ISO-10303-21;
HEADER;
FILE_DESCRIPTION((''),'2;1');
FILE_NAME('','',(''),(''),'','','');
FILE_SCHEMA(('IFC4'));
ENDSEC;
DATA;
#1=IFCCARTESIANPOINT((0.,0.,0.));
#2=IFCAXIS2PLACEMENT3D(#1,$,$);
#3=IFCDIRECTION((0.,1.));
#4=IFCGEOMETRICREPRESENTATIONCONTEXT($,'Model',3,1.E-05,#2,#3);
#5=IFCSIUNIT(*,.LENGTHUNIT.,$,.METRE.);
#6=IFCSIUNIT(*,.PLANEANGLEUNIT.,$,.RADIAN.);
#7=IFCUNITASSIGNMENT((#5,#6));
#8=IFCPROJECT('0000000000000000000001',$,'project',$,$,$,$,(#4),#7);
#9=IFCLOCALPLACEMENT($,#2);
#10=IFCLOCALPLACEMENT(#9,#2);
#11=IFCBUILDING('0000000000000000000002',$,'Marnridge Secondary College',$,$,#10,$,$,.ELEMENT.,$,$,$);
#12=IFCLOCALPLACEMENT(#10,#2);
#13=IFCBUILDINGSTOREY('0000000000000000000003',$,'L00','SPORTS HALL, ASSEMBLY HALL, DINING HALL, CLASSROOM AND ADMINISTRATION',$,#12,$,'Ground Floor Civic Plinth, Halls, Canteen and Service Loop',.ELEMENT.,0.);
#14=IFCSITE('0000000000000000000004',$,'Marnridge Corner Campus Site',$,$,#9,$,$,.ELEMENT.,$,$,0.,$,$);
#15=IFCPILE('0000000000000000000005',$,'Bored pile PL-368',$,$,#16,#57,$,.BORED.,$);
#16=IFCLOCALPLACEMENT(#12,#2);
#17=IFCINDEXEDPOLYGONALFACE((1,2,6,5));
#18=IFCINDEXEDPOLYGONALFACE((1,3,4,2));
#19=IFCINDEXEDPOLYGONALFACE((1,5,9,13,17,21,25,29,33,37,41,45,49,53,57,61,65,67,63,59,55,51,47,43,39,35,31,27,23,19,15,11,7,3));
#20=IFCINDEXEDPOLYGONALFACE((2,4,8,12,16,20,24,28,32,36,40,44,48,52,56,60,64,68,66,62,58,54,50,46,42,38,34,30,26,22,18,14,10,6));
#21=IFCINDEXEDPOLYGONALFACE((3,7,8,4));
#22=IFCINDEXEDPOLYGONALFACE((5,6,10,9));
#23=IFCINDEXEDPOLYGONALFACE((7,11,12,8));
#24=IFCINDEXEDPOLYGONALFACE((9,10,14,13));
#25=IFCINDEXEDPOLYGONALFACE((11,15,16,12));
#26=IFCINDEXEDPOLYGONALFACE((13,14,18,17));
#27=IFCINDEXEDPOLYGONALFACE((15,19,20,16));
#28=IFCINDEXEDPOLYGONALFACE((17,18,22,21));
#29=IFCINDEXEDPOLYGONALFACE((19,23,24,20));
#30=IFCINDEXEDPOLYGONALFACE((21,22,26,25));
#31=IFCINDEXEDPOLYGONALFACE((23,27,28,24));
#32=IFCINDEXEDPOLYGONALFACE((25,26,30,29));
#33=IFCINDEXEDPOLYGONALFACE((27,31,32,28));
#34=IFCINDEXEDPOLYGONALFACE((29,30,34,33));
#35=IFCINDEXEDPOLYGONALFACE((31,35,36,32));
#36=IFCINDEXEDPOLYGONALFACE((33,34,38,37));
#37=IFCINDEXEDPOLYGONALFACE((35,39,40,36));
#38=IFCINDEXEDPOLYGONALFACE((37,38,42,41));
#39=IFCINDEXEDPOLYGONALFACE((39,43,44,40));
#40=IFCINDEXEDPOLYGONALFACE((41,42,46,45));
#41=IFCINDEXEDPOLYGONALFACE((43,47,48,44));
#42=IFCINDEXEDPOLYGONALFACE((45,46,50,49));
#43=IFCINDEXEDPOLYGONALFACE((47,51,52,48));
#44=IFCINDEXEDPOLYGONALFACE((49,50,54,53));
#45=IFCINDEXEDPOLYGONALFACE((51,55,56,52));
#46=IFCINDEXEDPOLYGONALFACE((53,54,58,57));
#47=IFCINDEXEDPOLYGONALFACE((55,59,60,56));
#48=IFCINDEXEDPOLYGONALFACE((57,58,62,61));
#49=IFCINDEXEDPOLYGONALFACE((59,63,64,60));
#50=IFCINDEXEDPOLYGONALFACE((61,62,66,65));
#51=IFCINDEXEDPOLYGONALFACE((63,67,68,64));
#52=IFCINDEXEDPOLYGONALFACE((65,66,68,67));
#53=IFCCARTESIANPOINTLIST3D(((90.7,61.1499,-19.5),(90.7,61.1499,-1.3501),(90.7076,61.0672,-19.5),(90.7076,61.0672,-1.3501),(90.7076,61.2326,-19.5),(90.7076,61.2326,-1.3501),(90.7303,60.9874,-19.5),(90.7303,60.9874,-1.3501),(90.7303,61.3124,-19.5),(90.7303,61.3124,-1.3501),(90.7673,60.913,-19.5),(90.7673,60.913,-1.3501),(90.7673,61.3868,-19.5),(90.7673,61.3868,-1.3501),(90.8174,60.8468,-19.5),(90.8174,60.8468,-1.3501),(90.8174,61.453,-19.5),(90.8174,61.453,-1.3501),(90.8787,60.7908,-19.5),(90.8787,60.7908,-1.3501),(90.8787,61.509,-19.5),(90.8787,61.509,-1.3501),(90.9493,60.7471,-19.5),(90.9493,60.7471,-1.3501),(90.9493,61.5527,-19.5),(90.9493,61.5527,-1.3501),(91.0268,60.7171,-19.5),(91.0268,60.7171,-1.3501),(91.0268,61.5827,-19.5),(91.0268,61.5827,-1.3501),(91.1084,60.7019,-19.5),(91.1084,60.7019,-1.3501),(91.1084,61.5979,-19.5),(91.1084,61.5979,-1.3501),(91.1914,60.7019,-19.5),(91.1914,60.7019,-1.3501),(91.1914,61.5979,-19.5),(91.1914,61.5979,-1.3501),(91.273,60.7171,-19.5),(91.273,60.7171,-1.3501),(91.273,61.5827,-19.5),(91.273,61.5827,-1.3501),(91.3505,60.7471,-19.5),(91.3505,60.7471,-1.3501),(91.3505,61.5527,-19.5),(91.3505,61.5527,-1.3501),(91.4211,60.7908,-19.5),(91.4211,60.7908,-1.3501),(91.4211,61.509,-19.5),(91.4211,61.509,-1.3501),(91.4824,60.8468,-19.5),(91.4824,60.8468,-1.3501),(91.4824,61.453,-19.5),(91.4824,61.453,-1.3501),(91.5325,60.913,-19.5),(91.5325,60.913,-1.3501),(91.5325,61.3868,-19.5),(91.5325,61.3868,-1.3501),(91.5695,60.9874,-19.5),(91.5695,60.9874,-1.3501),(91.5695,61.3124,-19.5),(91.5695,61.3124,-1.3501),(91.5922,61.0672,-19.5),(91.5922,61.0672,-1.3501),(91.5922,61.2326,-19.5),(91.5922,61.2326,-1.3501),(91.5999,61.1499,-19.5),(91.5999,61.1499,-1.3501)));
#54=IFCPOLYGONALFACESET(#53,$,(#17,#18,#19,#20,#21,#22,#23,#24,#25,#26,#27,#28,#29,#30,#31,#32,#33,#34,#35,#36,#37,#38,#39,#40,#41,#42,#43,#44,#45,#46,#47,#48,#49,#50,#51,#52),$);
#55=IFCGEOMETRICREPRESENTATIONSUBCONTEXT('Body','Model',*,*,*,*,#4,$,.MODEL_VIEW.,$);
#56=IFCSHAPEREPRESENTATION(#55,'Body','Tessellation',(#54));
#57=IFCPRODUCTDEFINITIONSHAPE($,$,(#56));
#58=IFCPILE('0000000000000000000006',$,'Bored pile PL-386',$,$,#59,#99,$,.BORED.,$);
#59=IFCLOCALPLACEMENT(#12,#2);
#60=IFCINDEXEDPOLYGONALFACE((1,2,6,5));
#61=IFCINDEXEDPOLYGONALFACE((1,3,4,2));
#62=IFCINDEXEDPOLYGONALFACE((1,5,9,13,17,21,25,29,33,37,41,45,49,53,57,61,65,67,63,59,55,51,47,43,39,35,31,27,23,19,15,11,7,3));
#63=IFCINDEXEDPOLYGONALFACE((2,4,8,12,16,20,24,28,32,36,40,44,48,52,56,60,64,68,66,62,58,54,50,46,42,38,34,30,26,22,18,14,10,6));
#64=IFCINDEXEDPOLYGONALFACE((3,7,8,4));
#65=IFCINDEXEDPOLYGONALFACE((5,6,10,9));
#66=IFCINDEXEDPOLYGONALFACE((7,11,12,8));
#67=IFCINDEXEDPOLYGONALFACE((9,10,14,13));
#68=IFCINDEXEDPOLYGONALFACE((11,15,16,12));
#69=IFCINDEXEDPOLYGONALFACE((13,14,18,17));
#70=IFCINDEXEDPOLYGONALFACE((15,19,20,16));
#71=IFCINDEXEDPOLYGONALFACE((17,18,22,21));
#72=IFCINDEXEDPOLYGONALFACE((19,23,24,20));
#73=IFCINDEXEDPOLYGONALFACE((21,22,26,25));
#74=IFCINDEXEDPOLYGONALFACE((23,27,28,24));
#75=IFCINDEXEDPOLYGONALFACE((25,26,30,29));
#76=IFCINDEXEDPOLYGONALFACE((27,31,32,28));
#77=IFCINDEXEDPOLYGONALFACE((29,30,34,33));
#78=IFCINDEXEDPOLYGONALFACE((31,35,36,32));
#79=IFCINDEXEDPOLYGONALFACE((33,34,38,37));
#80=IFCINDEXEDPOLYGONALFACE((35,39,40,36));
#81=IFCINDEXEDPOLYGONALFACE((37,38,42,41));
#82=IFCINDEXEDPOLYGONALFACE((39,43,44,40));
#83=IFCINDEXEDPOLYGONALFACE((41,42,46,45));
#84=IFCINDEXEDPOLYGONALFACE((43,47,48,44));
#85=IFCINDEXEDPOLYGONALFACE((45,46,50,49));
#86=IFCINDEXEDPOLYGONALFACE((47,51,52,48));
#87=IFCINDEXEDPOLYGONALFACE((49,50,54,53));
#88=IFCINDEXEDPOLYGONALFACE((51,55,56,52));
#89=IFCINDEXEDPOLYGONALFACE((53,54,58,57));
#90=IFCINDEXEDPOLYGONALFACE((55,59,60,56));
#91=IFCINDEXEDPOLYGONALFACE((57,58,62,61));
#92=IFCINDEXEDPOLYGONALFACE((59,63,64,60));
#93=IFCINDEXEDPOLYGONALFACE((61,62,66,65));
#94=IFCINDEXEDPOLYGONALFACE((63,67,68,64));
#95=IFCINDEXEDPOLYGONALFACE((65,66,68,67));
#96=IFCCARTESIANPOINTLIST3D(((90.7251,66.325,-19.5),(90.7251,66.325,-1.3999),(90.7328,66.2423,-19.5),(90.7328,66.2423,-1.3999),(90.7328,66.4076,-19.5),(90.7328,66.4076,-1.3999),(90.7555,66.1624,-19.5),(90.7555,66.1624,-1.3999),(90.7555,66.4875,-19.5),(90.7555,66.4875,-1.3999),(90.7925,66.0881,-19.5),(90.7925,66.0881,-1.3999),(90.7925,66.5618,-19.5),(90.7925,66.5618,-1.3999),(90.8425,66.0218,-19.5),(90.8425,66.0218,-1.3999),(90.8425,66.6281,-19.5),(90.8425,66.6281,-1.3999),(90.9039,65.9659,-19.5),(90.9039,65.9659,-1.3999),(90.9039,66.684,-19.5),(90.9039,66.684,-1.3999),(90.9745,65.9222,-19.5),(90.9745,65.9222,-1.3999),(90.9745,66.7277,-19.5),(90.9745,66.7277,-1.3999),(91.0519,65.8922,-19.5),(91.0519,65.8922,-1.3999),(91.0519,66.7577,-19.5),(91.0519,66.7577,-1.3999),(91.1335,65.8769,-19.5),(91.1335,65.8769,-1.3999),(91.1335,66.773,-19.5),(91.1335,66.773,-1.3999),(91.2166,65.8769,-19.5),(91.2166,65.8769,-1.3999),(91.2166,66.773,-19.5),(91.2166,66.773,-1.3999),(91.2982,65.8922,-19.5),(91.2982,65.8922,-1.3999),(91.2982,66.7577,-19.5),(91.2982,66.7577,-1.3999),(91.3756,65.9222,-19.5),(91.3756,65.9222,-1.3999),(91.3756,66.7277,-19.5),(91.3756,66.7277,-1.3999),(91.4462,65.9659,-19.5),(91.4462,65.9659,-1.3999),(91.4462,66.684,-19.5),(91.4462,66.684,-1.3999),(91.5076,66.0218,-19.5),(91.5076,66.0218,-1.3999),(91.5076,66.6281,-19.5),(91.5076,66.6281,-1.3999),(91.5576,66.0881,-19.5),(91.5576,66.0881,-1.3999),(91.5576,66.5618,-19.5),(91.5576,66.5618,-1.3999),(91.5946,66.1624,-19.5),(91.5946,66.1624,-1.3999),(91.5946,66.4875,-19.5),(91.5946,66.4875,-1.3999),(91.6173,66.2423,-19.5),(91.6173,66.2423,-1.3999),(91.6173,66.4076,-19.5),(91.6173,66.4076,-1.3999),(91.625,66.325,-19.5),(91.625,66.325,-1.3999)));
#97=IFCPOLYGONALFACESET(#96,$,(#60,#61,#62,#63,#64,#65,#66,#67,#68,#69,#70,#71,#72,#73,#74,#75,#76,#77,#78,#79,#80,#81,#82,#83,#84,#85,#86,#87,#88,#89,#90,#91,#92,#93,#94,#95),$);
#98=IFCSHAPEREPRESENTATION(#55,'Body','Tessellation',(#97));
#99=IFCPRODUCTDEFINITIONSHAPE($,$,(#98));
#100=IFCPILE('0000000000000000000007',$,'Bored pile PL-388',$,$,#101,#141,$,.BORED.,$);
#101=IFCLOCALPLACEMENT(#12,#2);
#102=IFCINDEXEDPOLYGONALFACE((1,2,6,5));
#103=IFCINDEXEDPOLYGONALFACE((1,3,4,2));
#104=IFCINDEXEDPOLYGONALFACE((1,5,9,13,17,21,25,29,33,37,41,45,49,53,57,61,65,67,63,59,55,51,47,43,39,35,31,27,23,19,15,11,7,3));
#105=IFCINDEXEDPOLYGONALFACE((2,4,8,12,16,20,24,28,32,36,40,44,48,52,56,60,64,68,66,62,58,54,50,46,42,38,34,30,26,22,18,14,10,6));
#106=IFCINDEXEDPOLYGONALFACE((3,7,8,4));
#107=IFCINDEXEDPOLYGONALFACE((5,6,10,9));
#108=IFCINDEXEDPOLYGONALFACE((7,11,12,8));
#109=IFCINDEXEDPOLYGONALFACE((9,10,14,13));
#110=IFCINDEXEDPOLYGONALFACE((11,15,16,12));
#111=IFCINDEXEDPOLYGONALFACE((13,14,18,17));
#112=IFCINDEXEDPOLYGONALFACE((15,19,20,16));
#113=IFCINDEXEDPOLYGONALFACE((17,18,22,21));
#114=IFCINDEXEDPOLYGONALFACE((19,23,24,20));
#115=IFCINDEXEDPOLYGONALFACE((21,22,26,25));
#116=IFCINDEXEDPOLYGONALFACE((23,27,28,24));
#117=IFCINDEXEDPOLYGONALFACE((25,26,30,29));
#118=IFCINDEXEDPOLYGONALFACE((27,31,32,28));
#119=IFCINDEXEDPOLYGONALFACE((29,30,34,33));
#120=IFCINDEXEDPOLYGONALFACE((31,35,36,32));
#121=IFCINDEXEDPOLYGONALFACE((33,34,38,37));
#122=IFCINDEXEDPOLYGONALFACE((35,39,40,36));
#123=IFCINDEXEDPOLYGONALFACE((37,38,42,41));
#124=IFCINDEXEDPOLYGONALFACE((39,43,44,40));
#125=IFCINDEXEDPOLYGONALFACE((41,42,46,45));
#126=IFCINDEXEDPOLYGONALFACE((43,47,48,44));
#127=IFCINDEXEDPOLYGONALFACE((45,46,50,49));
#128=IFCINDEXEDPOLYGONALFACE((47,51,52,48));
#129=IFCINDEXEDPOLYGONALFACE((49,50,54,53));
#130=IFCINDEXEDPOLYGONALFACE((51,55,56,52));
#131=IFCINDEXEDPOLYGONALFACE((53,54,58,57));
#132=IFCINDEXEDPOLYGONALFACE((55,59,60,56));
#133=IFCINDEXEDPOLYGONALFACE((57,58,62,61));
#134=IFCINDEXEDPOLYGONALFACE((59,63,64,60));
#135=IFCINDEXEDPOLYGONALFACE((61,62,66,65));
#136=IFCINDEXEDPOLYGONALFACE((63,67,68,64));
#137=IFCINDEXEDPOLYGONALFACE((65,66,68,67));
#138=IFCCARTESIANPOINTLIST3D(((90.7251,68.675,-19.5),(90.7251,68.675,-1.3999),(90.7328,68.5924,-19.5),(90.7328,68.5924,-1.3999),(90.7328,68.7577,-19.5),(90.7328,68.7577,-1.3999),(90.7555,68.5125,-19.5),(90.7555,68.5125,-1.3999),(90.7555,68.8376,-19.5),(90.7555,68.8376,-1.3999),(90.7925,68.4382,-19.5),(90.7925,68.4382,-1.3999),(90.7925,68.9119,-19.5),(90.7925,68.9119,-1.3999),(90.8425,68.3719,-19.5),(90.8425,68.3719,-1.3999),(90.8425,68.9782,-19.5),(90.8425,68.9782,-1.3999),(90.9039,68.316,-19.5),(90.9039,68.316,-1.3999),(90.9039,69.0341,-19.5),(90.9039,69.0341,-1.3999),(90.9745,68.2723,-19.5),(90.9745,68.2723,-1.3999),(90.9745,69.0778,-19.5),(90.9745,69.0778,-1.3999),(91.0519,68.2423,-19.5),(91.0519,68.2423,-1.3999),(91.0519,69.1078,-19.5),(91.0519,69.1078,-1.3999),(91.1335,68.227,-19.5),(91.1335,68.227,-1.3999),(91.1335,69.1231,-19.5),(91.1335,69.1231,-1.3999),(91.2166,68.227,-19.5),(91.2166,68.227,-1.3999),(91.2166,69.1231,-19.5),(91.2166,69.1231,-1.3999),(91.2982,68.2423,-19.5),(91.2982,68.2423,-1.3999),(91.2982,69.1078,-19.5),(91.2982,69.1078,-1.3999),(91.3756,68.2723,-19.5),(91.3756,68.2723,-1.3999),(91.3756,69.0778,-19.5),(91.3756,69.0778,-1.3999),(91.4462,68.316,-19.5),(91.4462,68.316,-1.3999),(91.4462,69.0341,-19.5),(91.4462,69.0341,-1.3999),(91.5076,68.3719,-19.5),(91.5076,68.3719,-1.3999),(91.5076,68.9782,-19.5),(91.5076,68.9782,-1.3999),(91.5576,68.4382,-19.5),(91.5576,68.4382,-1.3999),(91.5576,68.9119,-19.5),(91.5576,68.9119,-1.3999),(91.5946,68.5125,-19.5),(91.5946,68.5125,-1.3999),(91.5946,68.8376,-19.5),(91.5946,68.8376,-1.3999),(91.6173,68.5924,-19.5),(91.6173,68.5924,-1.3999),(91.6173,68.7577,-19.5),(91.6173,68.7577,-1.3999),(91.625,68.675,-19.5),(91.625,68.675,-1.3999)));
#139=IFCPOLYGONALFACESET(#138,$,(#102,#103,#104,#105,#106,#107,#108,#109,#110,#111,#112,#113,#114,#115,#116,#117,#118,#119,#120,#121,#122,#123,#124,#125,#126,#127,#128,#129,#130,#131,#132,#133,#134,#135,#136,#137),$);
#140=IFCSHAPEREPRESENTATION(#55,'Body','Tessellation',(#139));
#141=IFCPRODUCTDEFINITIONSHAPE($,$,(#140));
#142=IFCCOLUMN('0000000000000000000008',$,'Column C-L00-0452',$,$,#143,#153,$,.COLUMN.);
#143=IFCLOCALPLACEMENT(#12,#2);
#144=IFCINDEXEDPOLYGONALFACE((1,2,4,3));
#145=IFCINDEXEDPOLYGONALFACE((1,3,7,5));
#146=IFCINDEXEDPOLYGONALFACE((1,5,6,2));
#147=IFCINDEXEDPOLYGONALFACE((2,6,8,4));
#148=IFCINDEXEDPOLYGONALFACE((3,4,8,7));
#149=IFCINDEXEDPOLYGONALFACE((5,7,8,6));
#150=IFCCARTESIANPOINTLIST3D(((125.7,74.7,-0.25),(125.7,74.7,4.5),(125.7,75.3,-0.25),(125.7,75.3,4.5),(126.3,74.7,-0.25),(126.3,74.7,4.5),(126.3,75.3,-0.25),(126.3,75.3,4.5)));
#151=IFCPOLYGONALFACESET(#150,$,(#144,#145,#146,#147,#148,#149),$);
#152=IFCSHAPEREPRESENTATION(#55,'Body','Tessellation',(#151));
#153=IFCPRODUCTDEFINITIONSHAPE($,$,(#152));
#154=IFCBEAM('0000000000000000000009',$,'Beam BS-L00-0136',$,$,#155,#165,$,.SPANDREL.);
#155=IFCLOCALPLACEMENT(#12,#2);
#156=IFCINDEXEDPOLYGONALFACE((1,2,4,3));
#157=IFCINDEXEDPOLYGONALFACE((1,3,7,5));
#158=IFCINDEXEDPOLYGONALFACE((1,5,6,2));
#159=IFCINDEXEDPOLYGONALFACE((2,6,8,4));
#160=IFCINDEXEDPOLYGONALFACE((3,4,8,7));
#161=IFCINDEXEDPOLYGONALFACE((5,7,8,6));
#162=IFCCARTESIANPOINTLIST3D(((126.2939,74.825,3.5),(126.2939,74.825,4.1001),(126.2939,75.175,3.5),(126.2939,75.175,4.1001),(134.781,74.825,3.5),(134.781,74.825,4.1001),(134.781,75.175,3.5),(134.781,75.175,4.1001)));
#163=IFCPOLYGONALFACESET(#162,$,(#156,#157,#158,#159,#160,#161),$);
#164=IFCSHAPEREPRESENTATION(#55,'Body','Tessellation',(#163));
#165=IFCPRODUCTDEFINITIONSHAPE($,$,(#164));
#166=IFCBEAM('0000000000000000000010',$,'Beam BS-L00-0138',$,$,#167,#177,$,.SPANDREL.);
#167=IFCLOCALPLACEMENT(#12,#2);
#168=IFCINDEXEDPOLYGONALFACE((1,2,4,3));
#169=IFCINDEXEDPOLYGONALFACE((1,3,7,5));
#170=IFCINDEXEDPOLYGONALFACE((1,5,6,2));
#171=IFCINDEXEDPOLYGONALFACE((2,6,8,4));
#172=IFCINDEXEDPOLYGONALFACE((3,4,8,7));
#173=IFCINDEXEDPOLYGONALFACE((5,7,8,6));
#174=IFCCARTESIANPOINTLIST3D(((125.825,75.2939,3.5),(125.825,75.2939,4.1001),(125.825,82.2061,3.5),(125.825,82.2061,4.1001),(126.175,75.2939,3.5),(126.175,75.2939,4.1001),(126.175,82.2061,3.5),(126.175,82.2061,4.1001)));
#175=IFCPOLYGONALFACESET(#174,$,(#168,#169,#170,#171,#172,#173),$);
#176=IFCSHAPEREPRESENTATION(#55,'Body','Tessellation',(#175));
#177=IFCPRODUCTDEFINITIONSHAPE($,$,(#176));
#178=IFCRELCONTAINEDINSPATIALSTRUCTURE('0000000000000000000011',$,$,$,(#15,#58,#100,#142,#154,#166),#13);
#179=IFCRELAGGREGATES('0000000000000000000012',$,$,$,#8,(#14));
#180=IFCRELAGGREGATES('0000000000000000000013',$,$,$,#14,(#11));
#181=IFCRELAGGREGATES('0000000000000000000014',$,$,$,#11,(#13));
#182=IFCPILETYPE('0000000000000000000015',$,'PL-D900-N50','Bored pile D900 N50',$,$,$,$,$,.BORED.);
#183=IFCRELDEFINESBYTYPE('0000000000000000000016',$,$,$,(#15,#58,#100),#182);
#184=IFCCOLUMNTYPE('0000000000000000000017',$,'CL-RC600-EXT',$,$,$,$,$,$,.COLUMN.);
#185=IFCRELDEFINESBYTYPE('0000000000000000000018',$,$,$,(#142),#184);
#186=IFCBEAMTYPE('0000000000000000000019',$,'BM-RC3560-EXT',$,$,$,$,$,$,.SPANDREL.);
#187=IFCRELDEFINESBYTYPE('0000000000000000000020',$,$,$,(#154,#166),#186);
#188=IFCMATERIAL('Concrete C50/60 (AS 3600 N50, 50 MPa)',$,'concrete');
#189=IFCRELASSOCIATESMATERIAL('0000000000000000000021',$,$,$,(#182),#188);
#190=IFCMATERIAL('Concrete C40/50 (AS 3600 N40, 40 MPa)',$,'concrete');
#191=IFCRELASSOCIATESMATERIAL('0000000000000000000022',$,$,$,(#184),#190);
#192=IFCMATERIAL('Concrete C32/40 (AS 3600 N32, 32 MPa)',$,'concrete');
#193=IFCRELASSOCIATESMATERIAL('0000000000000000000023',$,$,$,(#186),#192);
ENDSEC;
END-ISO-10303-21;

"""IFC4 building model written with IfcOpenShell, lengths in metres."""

from ifc_helpers import new_model, si_unit, direction, frame, origin, origin_2d, place, context, subcontext, project, spatial, rectangle, circle, extrude, material, material_profile, profile_set, type_object, element, save


model = new_model("IFC4")

# Units and contexts
model_context = context("Model", 3, precision=1e-05, world=origin(), true_north=direction((0.0, 1.0)))
body_context = subcontext(model_context, "Body", "Model", "MODEL_VIEW")
ifc_project = project(units=[si_unit("LENGTHUNIT", "METRE"), si_unit("PLANEANGLEUNIT", "RADIAN")], contexts=[model_context])

# Site, building, storey
site_placement = place(None, origin())
site = spatial("IfcSite", under=ifc_project, at=site_placement, Name="Marnridge Corner Campus Site", CompositionType="ELEMENT", RefElevation=0.0)
building_placement = place(site_placement, origin())
building = spatial("IfcBuilding", under=site, at=building_placement, Name="Marnridge Secondary College", CompositionType="ELEMENT")
storey_placement = place(building_placement, origin())
storey = spatial("IfcBuildingStorey", under=building, at=storey_placement, Name="L00", Description="SPORTS HALL, ASSEMBLY HALL, DINING HALL, CLASSROOM AND ADMINISTRATION", LongName="Ground Floor Civic Plinth, Halls, Canteen and Service Loop", CompositionType="ELEMENT", Elevation=0.0)

# Piles
ifc_material_1 = material(Name="Concrete C50/60 (AS 3600 N50, 50 MPa)", Category="concrete")
ifc_material_profile_1 = material_profile(ifc_material_1, circle(Radius=0.45, at=origin_2d()), Name="PILE D900")
ifc_profile_set_1 = profile_set([ifc_material_profile_1], Name="Concrete C50/60 (AS 3600 N50, 50 MPa)")
pile_type_1 = type_object("IfcPileType", Name="PL-D900-N50", Description="Bored pile D900 N50", PredefinedType="BORED", material=ifc_profile_set_1)
for number, where, z_axis, x_axis, name in (
    (1, (91.1499, 61.1499, -1.3501), (0.0, 0.0, -1.0), (1.0, 0.0, 0.0), "Bored pile PL-368"),
):
    element("IfcPile", number, at=place(storey_placement, frame(where, z_axis=z_axis, x_axis=x_axis)), inside=storey, type_object=pile_type_1, Name=name, PredefinedType="BORED", context=body_context, shape_type="SweptSolid", body=[
        extrude(circle(Radius=0.45, at=origin_2d()), origin(), (0.0, 0.0, 1.0), 18.1499),
    ])
for number, where, z_axis, x_axis, name in (
    (2, (91.175, 66.325, -1.3999), (0.0, 0.0, -1.0), (1.0, 0.0, 0.0), "Bored pile PL-386"),
    (3, (91.175, 68.675, -1.3999), (0.0, 0.0, -1.0), (1.0, 0.0, 0.0), "Bored pile PL-388"),
):
    element("IfcPile", number, at=place(storey_placement, frame(where, z_axis=z_axis, x_axis=x_axis)), inside=storey, type_object=pile_type_1, Name=name, PredefinedType="BORED", context=body_context, shape_type="SweptSolid", body=[
        extrude(circle(Radius=0.45, at=origin_2d()), origin(), (0.0, 0.0, 1.0), 18.1001),
    ])

# Column
ifc_material_2 = material(Name="Concrete C40/50 (AS 3600 N40, 40 MPa)", Category="concrete")
ifc_material_profile_2 = material_profile(ifc_material_2, rectangle(XDim=0.6001, YDim=0.6001, at=origin_2d()), Name="RC 600x600")
ifc_profile_set_2 = profile_set([ifc_material_profile_2], Name="Concrete C40/50 (AS 3600 N40, 40 MPa)")
column_type = type_object("IfcColumnType", Name="CL-RC600-EXT", PredefinedType="COLUMN", material=ifc_profile_set_2)
column_placement = place(storey_placement, frame((126.0, 75.0, -0.25), z_axis=(0.0, 0.0, 1.0), x_axis=(1.0, 0.0, 0.0)))
element("IfcColumn", 4, at=column_placement, inside=storey, type_object=column_type, Name="Column C-L00-0452", PredefinedType="COLUMN", context=body_context, shape_type="SweptSolid", body=[
    extrude(rectangle(XDim=0.6001, YDim=0.6001, at=origin_2d()), origin(), (0.0, 0.0, 1.0), 4.75),
])

# Beams
ifc_material_3 = material(Name="Concrete C32/40 (AS 3600 N32, 32 MPa)", Category="concrete")
ifc_material_profile_3 = material_profile(ifc_material_3, rectangle(XDim=0.3501, YDim=0.6001, at=origin_2d()), Name="RC 350x600")
ifc_profile_set_3 = profile_set([ifc_material_profile_3], Name="Concrete C32/40 (AS 3600 N32, 32 MPa)")
beam_type_1 = type_object("IfcBeamType", Name="BM-RC3560-EXT", PredefinedType="SPANDREL", material=ifc_profile_set_3)
beam_1_placement = place(storey_placement, frame((126.2939, 75.0, 3.8), z_axis=(1.0, 0.0, 0.0), x_axis=(0.0, 1.0, 0.0)))
element("IfcBeam", 5, at=beam_1_placement, inside=storey, type_object=beam_type_1, Name="Beam BS-L00-0136", PredefinedType="SPANDREL", context=body_context, shape_type="SweptSolid", body=[
    extrude(rectangle(XDim=0.3501, YDim=0.6001, at=origin_2d()), origin(), (0.0, 0.0, 1.0), 8.4871),
])
beam_2_placement = place(storey_placement, frame((126.0, 75.2939, 3.8), z_axis=(0.0, 1.0, 0.0), x_axis=(-1.0, 0.0, 0.0)))
element("IfcBeam", 6, at=beam_2_placement, inside=storey, type_object=beam_type_1, Name="Beam BS-L00-0138", PredefinedType="SPANDREL", context=body_context, shape_type="SweptSolid", body=[
    extrude(rectangle(XDim=0.3501, YDim=0.6001, at=origin_2d()), origin(), (0.0, 0.0, 1.0), 6.9121),
])

save(model, "model.ifc")
